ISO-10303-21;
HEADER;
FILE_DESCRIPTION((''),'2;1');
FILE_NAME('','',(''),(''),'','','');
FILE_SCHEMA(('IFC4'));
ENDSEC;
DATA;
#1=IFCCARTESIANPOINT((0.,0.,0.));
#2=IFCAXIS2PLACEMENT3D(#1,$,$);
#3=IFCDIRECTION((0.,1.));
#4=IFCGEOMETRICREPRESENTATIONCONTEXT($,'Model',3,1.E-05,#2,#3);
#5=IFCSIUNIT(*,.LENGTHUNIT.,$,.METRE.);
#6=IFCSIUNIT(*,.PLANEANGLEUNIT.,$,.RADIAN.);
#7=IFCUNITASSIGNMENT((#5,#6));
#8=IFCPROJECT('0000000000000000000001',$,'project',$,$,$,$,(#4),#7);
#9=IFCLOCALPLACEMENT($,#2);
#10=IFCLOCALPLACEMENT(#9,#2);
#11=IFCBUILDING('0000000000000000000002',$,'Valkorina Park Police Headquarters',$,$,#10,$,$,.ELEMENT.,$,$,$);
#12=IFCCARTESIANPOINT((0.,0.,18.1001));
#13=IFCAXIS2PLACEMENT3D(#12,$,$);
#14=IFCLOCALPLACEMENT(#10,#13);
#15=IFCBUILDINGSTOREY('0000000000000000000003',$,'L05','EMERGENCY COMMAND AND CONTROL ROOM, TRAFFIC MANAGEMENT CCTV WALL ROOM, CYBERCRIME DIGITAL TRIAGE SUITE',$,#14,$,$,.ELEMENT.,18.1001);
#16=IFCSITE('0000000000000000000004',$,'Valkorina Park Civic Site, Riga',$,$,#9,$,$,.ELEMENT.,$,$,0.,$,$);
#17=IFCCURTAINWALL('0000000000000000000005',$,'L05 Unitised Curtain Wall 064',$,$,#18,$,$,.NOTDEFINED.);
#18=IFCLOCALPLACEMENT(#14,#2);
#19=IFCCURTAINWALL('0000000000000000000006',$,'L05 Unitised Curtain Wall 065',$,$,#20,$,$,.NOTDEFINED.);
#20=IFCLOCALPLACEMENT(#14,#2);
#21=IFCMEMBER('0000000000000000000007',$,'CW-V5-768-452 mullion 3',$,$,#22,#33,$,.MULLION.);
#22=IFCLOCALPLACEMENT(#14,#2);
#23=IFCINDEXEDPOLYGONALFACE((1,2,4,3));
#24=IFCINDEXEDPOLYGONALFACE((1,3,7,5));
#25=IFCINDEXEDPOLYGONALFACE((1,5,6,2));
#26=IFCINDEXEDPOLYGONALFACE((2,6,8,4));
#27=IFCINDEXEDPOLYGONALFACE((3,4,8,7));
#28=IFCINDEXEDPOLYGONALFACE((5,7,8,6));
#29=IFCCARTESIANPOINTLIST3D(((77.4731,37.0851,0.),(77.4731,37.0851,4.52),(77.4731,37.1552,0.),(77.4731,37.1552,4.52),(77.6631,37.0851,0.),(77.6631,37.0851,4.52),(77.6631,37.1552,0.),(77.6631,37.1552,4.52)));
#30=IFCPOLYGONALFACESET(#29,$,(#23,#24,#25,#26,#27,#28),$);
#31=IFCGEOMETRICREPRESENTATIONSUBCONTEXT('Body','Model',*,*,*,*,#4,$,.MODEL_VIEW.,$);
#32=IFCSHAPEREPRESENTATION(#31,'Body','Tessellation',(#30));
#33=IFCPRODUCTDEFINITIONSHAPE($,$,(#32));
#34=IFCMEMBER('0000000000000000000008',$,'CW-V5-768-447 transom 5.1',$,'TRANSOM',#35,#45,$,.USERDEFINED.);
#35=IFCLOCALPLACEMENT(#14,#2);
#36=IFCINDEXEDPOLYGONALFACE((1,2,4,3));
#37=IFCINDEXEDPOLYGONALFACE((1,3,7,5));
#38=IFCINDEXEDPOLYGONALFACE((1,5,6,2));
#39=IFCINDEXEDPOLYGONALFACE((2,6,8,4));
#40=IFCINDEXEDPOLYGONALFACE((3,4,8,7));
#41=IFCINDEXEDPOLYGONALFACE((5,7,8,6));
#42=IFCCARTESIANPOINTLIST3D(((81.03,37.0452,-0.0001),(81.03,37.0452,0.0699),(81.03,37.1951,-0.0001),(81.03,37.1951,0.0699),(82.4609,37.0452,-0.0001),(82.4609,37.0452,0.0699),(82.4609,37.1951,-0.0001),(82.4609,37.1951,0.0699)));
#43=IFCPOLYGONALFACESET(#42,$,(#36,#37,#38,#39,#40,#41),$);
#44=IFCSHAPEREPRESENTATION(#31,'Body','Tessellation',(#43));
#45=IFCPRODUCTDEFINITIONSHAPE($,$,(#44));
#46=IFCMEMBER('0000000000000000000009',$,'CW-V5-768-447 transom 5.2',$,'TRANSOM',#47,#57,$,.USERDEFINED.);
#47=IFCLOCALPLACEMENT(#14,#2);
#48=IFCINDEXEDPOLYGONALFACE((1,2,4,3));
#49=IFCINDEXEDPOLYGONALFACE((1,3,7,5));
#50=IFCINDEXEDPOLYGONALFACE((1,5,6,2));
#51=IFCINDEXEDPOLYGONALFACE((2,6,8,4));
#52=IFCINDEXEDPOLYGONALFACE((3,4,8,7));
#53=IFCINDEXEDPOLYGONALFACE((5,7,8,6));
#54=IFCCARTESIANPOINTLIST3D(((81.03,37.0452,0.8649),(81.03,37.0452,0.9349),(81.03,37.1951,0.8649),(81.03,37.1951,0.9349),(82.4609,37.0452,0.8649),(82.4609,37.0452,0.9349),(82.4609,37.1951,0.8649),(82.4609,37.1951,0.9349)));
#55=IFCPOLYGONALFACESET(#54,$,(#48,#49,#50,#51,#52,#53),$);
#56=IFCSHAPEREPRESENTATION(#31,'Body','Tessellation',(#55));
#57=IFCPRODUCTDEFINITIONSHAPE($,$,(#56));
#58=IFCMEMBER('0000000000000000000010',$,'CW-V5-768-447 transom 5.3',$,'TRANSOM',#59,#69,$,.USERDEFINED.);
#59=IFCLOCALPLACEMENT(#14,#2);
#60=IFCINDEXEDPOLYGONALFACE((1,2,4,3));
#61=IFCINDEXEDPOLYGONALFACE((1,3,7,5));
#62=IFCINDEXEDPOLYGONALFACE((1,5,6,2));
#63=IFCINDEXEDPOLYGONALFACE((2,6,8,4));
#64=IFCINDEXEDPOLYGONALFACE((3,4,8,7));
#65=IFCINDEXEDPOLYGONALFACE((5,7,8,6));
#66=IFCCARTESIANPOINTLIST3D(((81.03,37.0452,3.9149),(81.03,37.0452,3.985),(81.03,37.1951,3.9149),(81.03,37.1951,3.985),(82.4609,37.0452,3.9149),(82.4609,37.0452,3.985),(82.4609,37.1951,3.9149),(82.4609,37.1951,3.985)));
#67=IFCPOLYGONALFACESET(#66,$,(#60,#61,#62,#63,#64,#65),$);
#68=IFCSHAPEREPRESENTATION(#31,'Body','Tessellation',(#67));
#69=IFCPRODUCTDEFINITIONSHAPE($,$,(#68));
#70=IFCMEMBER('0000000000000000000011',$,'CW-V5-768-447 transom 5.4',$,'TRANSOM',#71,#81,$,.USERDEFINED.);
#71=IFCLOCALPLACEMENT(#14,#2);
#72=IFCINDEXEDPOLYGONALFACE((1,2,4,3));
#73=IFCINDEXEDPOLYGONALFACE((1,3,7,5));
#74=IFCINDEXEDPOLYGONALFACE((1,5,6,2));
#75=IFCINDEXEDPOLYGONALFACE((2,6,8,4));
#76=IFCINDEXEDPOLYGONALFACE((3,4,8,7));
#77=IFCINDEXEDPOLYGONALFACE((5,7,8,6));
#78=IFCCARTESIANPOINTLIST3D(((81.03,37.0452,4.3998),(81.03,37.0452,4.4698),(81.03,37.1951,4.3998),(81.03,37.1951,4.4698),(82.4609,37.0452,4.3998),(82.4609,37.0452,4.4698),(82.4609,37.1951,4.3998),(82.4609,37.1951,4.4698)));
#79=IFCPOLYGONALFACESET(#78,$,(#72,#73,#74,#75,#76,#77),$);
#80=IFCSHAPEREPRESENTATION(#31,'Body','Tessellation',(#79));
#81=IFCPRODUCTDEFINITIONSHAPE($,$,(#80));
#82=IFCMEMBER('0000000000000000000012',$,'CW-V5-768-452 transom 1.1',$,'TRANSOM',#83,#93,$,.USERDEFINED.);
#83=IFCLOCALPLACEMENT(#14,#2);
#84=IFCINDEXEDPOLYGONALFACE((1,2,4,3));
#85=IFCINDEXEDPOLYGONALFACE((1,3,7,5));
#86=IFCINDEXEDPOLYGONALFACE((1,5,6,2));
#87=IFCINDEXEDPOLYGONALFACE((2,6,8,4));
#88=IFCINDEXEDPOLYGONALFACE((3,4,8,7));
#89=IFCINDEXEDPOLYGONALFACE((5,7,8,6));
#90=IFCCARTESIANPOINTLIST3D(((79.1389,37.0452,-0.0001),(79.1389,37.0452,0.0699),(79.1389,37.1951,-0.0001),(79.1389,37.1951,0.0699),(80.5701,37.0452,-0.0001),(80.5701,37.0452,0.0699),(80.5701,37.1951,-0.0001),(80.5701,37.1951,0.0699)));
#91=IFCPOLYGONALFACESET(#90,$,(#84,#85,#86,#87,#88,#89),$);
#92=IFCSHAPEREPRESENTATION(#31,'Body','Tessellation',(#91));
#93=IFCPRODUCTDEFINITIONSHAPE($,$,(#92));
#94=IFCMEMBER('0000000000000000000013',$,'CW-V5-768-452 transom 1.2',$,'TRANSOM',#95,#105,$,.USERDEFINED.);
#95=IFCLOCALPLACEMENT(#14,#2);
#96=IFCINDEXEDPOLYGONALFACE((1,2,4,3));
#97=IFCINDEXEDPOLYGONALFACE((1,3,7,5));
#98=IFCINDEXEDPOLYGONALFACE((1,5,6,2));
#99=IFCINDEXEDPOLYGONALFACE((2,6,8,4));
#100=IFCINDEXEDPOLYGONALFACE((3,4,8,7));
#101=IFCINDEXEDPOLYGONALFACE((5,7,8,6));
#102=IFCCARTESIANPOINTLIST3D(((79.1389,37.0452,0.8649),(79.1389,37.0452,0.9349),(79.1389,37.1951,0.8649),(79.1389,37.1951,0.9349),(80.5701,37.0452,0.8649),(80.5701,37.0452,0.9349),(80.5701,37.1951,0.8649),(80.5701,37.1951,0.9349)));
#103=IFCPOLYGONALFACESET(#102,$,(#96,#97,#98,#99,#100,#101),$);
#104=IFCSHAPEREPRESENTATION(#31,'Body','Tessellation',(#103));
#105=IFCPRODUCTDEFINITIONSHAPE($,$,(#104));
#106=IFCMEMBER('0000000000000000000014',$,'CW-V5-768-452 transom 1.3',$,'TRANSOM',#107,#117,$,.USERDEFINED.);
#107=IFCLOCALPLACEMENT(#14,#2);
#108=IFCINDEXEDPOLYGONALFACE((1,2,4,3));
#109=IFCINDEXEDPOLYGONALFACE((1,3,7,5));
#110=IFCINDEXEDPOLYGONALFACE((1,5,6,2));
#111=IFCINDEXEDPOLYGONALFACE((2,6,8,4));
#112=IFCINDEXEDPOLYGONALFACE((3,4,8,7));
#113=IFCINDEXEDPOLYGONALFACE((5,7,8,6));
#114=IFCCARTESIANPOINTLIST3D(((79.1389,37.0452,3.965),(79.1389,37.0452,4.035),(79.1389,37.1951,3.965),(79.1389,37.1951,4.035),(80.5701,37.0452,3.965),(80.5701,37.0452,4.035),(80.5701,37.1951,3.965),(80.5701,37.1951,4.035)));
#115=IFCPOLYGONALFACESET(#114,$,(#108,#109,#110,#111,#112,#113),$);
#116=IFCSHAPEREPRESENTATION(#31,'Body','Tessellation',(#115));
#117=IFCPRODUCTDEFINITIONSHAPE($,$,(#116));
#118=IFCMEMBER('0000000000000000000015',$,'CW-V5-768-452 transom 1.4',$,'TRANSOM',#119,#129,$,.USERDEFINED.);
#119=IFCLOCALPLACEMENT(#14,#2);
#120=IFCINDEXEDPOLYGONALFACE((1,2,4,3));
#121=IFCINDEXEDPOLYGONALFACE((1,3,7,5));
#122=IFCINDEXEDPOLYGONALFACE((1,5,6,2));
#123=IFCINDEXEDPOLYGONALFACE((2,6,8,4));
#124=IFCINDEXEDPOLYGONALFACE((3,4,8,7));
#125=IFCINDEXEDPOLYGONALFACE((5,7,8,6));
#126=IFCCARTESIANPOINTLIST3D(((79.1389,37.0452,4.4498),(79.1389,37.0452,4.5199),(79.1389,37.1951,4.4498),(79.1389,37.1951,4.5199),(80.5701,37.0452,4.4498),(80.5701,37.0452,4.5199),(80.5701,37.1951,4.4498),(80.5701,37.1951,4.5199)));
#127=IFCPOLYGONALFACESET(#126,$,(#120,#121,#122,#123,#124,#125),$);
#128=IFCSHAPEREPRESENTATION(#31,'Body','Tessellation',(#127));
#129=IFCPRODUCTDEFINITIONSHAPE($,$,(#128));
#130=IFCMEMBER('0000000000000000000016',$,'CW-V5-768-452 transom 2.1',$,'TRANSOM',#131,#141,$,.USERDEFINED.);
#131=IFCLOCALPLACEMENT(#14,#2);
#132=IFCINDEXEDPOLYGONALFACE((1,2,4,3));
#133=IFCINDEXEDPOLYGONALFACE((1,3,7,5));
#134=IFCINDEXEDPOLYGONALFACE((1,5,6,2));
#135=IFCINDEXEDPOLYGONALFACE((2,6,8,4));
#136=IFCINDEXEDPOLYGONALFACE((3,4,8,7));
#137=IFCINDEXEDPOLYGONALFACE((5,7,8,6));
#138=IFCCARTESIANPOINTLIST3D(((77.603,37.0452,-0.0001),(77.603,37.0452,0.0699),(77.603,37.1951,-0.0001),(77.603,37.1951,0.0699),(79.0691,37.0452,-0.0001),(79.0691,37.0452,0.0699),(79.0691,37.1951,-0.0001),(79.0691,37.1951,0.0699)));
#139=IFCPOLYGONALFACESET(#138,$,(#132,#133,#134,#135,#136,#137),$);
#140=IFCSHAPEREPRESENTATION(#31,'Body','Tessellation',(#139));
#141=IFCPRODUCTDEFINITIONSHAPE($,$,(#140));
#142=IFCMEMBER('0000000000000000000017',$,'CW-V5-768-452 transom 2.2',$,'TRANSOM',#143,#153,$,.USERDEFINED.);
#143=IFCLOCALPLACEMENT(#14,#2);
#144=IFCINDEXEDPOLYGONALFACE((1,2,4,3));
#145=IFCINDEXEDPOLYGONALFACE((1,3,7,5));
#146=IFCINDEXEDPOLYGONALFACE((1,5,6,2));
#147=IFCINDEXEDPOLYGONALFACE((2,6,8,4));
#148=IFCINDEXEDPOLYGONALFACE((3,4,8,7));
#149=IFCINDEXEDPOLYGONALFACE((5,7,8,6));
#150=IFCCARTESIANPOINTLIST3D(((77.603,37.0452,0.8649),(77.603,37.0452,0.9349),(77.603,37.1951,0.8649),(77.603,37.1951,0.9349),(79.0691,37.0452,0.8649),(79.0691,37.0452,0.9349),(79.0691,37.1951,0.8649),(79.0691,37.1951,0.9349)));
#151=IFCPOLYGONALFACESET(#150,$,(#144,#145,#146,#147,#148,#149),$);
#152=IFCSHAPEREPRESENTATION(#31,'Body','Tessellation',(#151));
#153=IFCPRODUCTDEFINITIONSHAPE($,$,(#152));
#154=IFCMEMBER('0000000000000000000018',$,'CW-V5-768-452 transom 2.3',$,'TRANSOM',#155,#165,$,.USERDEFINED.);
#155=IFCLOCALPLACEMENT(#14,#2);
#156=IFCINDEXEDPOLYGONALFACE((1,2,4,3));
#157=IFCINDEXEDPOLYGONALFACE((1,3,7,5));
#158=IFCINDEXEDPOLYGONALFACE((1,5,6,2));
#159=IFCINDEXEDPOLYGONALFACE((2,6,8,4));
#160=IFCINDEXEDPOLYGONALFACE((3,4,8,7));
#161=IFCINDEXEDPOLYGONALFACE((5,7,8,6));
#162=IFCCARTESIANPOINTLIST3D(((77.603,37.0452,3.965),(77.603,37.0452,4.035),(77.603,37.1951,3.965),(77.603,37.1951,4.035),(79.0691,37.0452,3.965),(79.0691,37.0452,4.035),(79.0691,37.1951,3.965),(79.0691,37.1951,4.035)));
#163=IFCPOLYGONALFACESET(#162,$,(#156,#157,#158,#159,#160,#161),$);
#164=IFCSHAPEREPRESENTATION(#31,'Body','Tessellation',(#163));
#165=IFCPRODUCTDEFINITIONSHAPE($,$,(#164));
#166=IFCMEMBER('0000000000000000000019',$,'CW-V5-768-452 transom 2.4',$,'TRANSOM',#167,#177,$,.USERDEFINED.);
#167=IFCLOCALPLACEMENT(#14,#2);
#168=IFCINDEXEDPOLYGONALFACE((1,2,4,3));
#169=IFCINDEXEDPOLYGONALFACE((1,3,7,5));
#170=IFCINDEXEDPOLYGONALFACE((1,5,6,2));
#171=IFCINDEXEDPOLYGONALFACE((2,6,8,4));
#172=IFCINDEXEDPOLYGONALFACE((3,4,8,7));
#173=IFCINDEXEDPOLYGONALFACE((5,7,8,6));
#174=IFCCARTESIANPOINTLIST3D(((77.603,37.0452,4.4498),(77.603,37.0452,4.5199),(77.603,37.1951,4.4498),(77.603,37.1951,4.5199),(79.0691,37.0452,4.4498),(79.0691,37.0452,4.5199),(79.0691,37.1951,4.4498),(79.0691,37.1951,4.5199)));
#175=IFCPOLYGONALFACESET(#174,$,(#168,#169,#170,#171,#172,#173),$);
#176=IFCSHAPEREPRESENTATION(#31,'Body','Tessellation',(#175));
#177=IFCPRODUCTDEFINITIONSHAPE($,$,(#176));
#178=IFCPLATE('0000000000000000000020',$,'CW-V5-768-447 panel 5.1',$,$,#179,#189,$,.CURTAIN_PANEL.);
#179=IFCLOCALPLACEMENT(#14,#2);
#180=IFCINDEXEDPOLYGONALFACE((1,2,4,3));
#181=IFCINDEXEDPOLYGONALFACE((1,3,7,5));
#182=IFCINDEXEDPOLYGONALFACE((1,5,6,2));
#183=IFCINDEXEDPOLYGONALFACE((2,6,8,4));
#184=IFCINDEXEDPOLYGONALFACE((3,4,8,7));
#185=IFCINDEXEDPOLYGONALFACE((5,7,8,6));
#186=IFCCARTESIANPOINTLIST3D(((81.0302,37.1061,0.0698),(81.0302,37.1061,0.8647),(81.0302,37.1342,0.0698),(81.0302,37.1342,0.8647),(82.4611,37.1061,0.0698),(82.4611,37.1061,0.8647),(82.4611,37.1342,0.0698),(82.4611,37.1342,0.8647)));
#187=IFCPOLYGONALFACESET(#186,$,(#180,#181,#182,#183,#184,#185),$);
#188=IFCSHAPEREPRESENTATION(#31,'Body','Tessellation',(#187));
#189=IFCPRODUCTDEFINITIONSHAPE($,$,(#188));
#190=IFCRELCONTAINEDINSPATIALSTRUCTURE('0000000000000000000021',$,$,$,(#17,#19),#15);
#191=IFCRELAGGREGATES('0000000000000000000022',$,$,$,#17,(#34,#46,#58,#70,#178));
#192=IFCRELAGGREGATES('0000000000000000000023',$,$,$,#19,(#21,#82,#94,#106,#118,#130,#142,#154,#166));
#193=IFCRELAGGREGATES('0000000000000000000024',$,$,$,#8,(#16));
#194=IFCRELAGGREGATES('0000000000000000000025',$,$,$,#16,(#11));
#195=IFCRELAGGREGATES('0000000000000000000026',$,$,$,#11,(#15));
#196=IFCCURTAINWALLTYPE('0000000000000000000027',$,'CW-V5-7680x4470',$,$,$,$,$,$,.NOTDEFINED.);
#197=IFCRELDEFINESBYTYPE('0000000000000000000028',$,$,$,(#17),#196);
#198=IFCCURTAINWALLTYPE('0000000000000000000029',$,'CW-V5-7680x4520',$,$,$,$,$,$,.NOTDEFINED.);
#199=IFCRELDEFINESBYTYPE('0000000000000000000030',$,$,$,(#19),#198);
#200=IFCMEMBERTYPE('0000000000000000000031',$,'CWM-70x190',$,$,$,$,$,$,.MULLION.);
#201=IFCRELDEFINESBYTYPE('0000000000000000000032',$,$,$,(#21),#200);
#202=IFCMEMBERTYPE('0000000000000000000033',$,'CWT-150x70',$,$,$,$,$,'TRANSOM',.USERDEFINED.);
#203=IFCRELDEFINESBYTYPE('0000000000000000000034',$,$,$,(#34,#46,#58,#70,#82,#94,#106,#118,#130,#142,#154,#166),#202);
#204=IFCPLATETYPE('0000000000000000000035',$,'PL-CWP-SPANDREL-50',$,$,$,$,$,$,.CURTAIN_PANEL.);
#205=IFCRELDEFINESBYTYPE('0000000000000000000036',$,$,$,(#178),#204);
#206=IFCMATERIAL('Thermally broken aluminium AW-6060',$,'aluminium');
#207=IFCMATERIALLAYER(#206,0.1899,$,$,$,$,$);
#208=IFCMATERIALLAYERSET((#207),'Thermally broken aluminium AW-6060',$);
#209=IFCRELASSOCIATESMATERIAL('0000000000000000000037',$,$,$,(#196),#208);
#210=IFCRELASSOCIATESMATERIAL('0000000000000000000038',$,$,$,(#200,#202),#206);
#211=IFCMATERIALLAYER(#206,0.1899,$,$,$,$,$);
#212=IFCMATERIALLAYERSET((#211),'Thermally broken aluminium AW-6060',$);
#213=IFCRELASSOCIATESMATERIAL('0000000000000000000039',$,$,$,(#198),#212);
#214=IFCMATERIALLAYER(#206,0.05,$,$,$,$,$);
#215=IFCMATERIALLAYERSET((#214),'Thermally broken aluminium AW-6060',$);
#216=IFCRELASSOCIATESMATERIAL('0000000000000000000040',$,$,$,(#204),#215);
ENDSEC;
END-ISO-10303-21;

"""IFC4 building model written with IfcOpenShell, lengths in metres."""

from ifc_helpers import new_model, si_unit, direction, frame, origin, origin_2d, place, context, subcontext, project, spatial, rectangle, extrude, material, layer, layer_set, material_profile, profile_set, type_object, element, aggregate, save


model = new_model("IFC4")

# Units and contexts
model_context = context("Model", 3, precision=1e-05, world=origin(), true_north=direction((0.0, 1.0)))
body_context = subcontext(model_context, "Body", "Model", "MODEL_VIEW")
ifc_project = project(units=[si_unit("LENGTHUNIT", "METRE"), si_unit("PLANEANGLEUNIT", "RADIAN")], contexts=[model_context])

# Site, building, storey
site_placement = place(None, origin())
site = spatial("IfcSite", under=ifc_project, at=site_placement, Name="Valkorina Park Civic Site, Riga", CompositionType="ELEMENT", RefElevation=0.0)
building_placement = place(site_placement, origin())
building = spatial("IfcBuilding", under=site, at=building_placement, Name="Valkorina Park Police Headquarters", CompositionType="ELEMENT")
storey_placement = place(building_placement, frame((0.0, 0.0, 18.1001)))
storey = spatial("IfcBuildingStorey", under=building, at=storey_placement, Name="L05", Description="EMERGENCY COMMAND AND CONTROL ROOM, TRAFFIC MANAGEMENT CCTV WALL ROOM, CYBERCRIME DIGITAL TRIAGE SUITE", CompositionType="ELEMENT", Elevation=18.1001)

# Curtain walls, member
ifc_material_1 = material(Name="Thermally broken aluminium AW-6060", Category="aluminium")
ifc_layer_1 = layer(ifc_material_1, 0.1899)
ifc_layer_set_1 = layer_set([ifc_layer_1], Name="Thermally broken aluminium AW-6060")
curtain_wall_type_1 = type_object("IfcCurtainWallType", Name="CW-V5-7680x4470", PredefinedType="NOTDEFINED", material=ifc_layer_set_1)
curtain_wall_1_placement = place(storey_placement, origin())
curtain_wall_1 = element("IfcCurtainWall", 1, at=curtain_wall_1_placement, inside=storey, type_object=curtain_wall_type_1, Name="L05 Unitised Curtain Wall 064", PredefinedType="NOTDEFINED")
ifc_material_profile_1 = material_profile(ifc_material_1, rectangle(XDim=0.0701, YDim=0.1899, at=origin_2d()), Name="CWM-02 70x190")
ifc_profile_set_1 = profile_set([ifc_material_profile_1], Name="Thermally broken aluminium AW-6060")
member_type_1 = type_object("IfcMemberType", Name="CWM-70x190", PredefinedType="MULLION", material=ifc_profile_set_1)
ifc_layer_2 = layer(ifc_material_1, 0.1899)
ifc_layer_set_2 = layer_set([ifc_layer_2], Name="Thermally broken aluminium AW-6060")
curtain_wall_type_2 = type_object("IfcCurtainWallType", Name="CW-V5-7680x4520", PredefinedType="NOTDEFINED", material=ifc_layer_set_2)
curtain_wall_2_placement = place(storey_placement, origin())
curtain_wall_2 = element("IfcCurtainWall", 2, at=curtain_wall_2_placement, inside=storey, type_object=curtain_wall_type_2, Name="L05 Unitised Curtain Wall 065", PredefinedType="NOTDEFINED")
member_1_placement = place(storey_placement, frame((77.5681, 37.1201, 0.0), z_axis=(0.0, 0.0, 1.0), x_axis=(0.0, -1.0, 0.0)))
member_1 = element("IfcMember", 3, at=member_1_placement, type_object=member_type_1, Name="CW-V5-768-452 mullion 3", PredefinedType="MULLION", context=body_context, shape_type="SweptSolid", body=[
    extrude(rectangle(XDim=0.0701, YDim=0.1899, at=origin_2d()), origin(), (0.0, 0.0, 1.0), 4.52),
])

# Members
ifc_material_profile_2 = material_profile(ifc_material_1, rectangle(XDim=0.1499, YDim=0.0701, at=origin_2d()), Name="CWT-02 150x70")
ifc_profile_set_2 = profile_set([ifc_material_profile_2], Name="Thermally broken aluminium AW-6060")
member_type_2 = type_object("IfcMemberType", Name="CWT-150x70", ElementType="TRANSOM", PredefinedType="USERDEFINED", material=ifc_profile_set_2)
member_2_placement = place(storey_placement, frame((82.4609, 37.1201, 0.0349), z_axis=(-1.0, 0.0, 0.0), x_axis=(0.0, -1.0, 0.0)))
member_2 = element("IfcMember", 4, at=member_2_placement, type_object=member_type_2, Name="CW-V5-768-447 transom 5.1", ObjectType="TRANSOM", PredefinedType="USERDEFINED", context=body_context, shape_type="SweptSolid", body=[
    extrude(rectangle(XDim=0.1499, YDim=0.0701, at=origin_2d()), origin(), (0.0, 0.0, 1.0), 1.4309),
])
member_3_placement = place(storey_placement, frame((82.4609, 37.1201, 0.8999), z_axis=(-1.0, 0.0, 0.0), x_axis=(0.0, -1.0, 0.0)))
member_3 = element("IfcMember", 5, at=member_3_placement, type_object=member_type_2, Name="CW-V5-768-447 transom 5.2", ObjectType="TRANSOM", PredefinedType="USERDEFINED", context=body_context, shape_type="SweptSolid", body=[
    extrude(rectangle(XDim=0.1499, YDim=0.0701, at=origin_2d()), origin(), (0.0, 0.0, 1.0), 1.4309),
])
member_4_placement = place(storey_placement, frame((82.4609, 37.1201, 3.95), z_axis=(-1.0, 0.0, 0.0), x_axis=(0.0, -1.0, 0.0)))
member_4 = element("IfcMember", 6, at=member_4_placement, type_object=member_type_2, Name="CW-V5-768-447 transom 5.3", ObjectType="TRANSOM", PredefinedType="USERDEFINED", context=body_context, shape_type="SweptSolid", body=[
    extrude(rectangle(XDim=0.1499, YDim=0.0701, at=origin_2d()), origin(), (0.0, 0.0, 1.0), 1.4309),
])
member_5_placement = place(storey_placement, frame((82.4609, 37.1201, 4.4348), z_axis=(-1.0, 0.0, 0.0), x_axis=(0.0, -1.0, 0.0)))
member_5 = element("IfcMember", 7, at=member_5_placement, type_object=member_type_2, Name="CW-V5-768-447 transom 5.4", ObjectType="TRANSOM", PredefinedType="USERDEFINED", context=body_context, shape_type="SweptSolid", body=[
    extrude(rectangle(XDim=0.1499, YDim=0.0701, at=origin_2d()), origin(), (0.0, 0.0, 1.0), 1.4309),
])
member_6_placement = place(storey_placement, frame((80.5701, 37.1201, 0.0349), z_axis=(-1.0, 0.0, 0.0), x_axis=(0.0, -1.0, 0.0)))
member_6 = element("IfcMember", 8, at=member_6_placement, type_object=member_type_2, Name="CW-V5-768-452 transom 1.1", ObjectType="TRANSOM", PredefinedType="USERDEFINED", context=body_context, shape_type="SweptSolid", body=[
    extrude(rectangle(XDim=0.1499, YDim=0.0701, at=origin_2d()), origin(), (0.0, 0.0, 1.0), 1.4312),
])
member_7_placement = place(storey_placement, frame((80.5701, 37.1201, 0.8999), z_axis=(-1.0, 0.0, 0.0), x_axis=(0.0, -1.0, 0.0)))
member_7 = element("IfcMember", 9, at=member_7_placement, type_object=member_type_2, Name="CW-V5-768-452 transom 1.2", ObjectType="TRANSOM", PredefinedType="USERDEFINED", context=body_context, shape_type="SweptSolid", body=[
    extrude(rectangle(XDim=0.1499, YDim=0.0701, at=origin_2d()), origin(), (0.0, 0.0, 1.0), 1.4312),
])
member_8_placement = place(storey_placement, frame((80.5701, 37.1201, 4.0), z_axis=(-1.0, 0.0, 0.0), x_axis=(0.0, -1.0, 0.0)))
member_8 = element("IfcMember", 10, at=member_8_placement, type_object=member_type_2, Name="CW-V5-768-452 transom 1.3", ObjectType="TRANSOM", PredefinedType="USERDEFINED", context=body_context, shape_type="SweptSolid", body=[
    extrude(rectangle(XDim=0.1499, YDim=0.0701, at=origin_2d()), origin(), (0.0, 0.0, 1.0), 1.4312),
])
member_9_placement = place(storey_placement, frame((80.5701, 37.1201, 4.4849), z_axis=(-1.0, 0.0, 0.0), x_axis=(0.0, -1.0, 0.0)))
member_9 = element("IfcMember", 11, at=member_9_placement, type_object=member_type_2, Name="CW-V5-768-452 transom 1.4", ObjectType="TRANSOM", PredefinedType="USERDEFINED", context=body_context, shape_type="SweptSolid", body=[
    extrude(rectangle(XDim=0.1499, YDim=0.0701, at=origin_2d()), origin(), (0.0, 0.0, 1.0), 1.4312),
])
member_10_placement = place(storey_placement, frame((79.0691, 37.1201, 0.0349), z_axis=(-1.0, 0.0, 0.0), x_axis=(0.0, -1.0, 0.0)))
member_10 = element("IfcMember", 12, at=member_10_placement, type_object=member_type_2, Name="CW-V5-768-452 transom 2.1", ObjectType="TRANSOM", PredefinedType="USERDEFINED", context=body_context, shape_type="SweptSolid", body=[
    extrude(rectangle(XDim=0.1499, YDim=0.0701, at=origin_2d()), origin(), (0.0, 0.0, 1.0), 1.4661),
])
member_11_placement = place(storey_placement, frame((79.0691, 37.1201, 0.8999), z_axis=(-1.0, 0.0, 0.0), x_axis=(0.0, -1.0, 0.0)))
member_11 = element("IfcMember", 13, at=member_11_placement, type_object=member_type_2, Name="CW-V5-768-452 transom 2.2", ObjectType="TRANSOM", PredefinedType="USERDEFINED", context=body_context, shape_type="SweptSolid", body=[
    extrude(rectangle(XDim=0.1499, YDim=0.0701, at=origin_2d()), origin(), (0.0, 0.0, 1.0), 1.4661),
])
member_12_placement = place(storey_placement, frame((79.0691, 37.1201, 4.0), z_axis=(-1.0, 0.0, 0.0), x_axis=(0.0, -1.0, 0.0)))
member_12 = element("IfcMember", 14, at=member_12_placement, type_object=member_type_2, Name="CW-V5-768-452 transom 2.3", ObjectType="TRANSOM", PredefinedType="USERDEFINED", context=body_context, shape_type="SweptSolid", body=[
    extrude(rectangle(XDim=0.1499, YDim=0.0701, at=origin_2d()), origin(), (0.0, 0.0, 1.0), 1.4661),
])
member_13_placement = place(storey_placement, frame((79.0691, 37.1201, 4.4849), z_axis=(-1.0, 0.0, 0.0), x_axis=(0.0, -1.0, 0.0)))
member_13 = element("IfcMember", 15, at=member_13_placement, type_object=member_type_2, Name="CW-V5-768-452 transom 2.4", ObjectType="TRANSOM", PredefinedType="USERDEFINED", context=body_context, shape_type="SweptSolid", body=[
    extrude(rectangle(XDim=0.1499, YDim=0.0701, at=origin_2d()), origin(), (0.0, 0.0, 1.0), 1.4661),
])

# Plate
ifc_layer_3 = layer(ifc_material_1, 0.05)
ifc_layer_set_3 = layer_set([ifc_layer_3], Name="Thermally broken aluminium AW-6060")
plate_type_1 = type_object("IfcPlateType", Name="PL-CWP-SPANDREL-50", PredefinedType="CURTAIN_PANEL", material=ifc_layer_set_3)
plate_1_placement = place(storey_placement, frame((81.7456, 37.1201, 0.0698), z_axis=(0.0, 0.0, 1.0), x_axis=(-1.0, 0.0, 0.0)))
plate_1 = element("IfcPlate", 16, at=plate_1_placement, type_object=plate_type_1, Name="CW-V5-768-447 panel 5.1", PredefinedType="CURTAIN_PANEL", context=body_context, shape_type="SweptSolid", body=[
    extrude(rectangle(XDim=1.4309, YDim=0.0281, at=origin_2d()), origin(), (0.0, 0.0, 1.0), 0.7949),
])
aggregate(curtain_wall_1, [member_2, member_3, member_4, member_5, plate_1])
aggregate(curtain_wall_2, [member_1, member_6, member_7, member_8, member_9, member_10, member_11, member_12, member_13])

save(model, "model.ifc")
